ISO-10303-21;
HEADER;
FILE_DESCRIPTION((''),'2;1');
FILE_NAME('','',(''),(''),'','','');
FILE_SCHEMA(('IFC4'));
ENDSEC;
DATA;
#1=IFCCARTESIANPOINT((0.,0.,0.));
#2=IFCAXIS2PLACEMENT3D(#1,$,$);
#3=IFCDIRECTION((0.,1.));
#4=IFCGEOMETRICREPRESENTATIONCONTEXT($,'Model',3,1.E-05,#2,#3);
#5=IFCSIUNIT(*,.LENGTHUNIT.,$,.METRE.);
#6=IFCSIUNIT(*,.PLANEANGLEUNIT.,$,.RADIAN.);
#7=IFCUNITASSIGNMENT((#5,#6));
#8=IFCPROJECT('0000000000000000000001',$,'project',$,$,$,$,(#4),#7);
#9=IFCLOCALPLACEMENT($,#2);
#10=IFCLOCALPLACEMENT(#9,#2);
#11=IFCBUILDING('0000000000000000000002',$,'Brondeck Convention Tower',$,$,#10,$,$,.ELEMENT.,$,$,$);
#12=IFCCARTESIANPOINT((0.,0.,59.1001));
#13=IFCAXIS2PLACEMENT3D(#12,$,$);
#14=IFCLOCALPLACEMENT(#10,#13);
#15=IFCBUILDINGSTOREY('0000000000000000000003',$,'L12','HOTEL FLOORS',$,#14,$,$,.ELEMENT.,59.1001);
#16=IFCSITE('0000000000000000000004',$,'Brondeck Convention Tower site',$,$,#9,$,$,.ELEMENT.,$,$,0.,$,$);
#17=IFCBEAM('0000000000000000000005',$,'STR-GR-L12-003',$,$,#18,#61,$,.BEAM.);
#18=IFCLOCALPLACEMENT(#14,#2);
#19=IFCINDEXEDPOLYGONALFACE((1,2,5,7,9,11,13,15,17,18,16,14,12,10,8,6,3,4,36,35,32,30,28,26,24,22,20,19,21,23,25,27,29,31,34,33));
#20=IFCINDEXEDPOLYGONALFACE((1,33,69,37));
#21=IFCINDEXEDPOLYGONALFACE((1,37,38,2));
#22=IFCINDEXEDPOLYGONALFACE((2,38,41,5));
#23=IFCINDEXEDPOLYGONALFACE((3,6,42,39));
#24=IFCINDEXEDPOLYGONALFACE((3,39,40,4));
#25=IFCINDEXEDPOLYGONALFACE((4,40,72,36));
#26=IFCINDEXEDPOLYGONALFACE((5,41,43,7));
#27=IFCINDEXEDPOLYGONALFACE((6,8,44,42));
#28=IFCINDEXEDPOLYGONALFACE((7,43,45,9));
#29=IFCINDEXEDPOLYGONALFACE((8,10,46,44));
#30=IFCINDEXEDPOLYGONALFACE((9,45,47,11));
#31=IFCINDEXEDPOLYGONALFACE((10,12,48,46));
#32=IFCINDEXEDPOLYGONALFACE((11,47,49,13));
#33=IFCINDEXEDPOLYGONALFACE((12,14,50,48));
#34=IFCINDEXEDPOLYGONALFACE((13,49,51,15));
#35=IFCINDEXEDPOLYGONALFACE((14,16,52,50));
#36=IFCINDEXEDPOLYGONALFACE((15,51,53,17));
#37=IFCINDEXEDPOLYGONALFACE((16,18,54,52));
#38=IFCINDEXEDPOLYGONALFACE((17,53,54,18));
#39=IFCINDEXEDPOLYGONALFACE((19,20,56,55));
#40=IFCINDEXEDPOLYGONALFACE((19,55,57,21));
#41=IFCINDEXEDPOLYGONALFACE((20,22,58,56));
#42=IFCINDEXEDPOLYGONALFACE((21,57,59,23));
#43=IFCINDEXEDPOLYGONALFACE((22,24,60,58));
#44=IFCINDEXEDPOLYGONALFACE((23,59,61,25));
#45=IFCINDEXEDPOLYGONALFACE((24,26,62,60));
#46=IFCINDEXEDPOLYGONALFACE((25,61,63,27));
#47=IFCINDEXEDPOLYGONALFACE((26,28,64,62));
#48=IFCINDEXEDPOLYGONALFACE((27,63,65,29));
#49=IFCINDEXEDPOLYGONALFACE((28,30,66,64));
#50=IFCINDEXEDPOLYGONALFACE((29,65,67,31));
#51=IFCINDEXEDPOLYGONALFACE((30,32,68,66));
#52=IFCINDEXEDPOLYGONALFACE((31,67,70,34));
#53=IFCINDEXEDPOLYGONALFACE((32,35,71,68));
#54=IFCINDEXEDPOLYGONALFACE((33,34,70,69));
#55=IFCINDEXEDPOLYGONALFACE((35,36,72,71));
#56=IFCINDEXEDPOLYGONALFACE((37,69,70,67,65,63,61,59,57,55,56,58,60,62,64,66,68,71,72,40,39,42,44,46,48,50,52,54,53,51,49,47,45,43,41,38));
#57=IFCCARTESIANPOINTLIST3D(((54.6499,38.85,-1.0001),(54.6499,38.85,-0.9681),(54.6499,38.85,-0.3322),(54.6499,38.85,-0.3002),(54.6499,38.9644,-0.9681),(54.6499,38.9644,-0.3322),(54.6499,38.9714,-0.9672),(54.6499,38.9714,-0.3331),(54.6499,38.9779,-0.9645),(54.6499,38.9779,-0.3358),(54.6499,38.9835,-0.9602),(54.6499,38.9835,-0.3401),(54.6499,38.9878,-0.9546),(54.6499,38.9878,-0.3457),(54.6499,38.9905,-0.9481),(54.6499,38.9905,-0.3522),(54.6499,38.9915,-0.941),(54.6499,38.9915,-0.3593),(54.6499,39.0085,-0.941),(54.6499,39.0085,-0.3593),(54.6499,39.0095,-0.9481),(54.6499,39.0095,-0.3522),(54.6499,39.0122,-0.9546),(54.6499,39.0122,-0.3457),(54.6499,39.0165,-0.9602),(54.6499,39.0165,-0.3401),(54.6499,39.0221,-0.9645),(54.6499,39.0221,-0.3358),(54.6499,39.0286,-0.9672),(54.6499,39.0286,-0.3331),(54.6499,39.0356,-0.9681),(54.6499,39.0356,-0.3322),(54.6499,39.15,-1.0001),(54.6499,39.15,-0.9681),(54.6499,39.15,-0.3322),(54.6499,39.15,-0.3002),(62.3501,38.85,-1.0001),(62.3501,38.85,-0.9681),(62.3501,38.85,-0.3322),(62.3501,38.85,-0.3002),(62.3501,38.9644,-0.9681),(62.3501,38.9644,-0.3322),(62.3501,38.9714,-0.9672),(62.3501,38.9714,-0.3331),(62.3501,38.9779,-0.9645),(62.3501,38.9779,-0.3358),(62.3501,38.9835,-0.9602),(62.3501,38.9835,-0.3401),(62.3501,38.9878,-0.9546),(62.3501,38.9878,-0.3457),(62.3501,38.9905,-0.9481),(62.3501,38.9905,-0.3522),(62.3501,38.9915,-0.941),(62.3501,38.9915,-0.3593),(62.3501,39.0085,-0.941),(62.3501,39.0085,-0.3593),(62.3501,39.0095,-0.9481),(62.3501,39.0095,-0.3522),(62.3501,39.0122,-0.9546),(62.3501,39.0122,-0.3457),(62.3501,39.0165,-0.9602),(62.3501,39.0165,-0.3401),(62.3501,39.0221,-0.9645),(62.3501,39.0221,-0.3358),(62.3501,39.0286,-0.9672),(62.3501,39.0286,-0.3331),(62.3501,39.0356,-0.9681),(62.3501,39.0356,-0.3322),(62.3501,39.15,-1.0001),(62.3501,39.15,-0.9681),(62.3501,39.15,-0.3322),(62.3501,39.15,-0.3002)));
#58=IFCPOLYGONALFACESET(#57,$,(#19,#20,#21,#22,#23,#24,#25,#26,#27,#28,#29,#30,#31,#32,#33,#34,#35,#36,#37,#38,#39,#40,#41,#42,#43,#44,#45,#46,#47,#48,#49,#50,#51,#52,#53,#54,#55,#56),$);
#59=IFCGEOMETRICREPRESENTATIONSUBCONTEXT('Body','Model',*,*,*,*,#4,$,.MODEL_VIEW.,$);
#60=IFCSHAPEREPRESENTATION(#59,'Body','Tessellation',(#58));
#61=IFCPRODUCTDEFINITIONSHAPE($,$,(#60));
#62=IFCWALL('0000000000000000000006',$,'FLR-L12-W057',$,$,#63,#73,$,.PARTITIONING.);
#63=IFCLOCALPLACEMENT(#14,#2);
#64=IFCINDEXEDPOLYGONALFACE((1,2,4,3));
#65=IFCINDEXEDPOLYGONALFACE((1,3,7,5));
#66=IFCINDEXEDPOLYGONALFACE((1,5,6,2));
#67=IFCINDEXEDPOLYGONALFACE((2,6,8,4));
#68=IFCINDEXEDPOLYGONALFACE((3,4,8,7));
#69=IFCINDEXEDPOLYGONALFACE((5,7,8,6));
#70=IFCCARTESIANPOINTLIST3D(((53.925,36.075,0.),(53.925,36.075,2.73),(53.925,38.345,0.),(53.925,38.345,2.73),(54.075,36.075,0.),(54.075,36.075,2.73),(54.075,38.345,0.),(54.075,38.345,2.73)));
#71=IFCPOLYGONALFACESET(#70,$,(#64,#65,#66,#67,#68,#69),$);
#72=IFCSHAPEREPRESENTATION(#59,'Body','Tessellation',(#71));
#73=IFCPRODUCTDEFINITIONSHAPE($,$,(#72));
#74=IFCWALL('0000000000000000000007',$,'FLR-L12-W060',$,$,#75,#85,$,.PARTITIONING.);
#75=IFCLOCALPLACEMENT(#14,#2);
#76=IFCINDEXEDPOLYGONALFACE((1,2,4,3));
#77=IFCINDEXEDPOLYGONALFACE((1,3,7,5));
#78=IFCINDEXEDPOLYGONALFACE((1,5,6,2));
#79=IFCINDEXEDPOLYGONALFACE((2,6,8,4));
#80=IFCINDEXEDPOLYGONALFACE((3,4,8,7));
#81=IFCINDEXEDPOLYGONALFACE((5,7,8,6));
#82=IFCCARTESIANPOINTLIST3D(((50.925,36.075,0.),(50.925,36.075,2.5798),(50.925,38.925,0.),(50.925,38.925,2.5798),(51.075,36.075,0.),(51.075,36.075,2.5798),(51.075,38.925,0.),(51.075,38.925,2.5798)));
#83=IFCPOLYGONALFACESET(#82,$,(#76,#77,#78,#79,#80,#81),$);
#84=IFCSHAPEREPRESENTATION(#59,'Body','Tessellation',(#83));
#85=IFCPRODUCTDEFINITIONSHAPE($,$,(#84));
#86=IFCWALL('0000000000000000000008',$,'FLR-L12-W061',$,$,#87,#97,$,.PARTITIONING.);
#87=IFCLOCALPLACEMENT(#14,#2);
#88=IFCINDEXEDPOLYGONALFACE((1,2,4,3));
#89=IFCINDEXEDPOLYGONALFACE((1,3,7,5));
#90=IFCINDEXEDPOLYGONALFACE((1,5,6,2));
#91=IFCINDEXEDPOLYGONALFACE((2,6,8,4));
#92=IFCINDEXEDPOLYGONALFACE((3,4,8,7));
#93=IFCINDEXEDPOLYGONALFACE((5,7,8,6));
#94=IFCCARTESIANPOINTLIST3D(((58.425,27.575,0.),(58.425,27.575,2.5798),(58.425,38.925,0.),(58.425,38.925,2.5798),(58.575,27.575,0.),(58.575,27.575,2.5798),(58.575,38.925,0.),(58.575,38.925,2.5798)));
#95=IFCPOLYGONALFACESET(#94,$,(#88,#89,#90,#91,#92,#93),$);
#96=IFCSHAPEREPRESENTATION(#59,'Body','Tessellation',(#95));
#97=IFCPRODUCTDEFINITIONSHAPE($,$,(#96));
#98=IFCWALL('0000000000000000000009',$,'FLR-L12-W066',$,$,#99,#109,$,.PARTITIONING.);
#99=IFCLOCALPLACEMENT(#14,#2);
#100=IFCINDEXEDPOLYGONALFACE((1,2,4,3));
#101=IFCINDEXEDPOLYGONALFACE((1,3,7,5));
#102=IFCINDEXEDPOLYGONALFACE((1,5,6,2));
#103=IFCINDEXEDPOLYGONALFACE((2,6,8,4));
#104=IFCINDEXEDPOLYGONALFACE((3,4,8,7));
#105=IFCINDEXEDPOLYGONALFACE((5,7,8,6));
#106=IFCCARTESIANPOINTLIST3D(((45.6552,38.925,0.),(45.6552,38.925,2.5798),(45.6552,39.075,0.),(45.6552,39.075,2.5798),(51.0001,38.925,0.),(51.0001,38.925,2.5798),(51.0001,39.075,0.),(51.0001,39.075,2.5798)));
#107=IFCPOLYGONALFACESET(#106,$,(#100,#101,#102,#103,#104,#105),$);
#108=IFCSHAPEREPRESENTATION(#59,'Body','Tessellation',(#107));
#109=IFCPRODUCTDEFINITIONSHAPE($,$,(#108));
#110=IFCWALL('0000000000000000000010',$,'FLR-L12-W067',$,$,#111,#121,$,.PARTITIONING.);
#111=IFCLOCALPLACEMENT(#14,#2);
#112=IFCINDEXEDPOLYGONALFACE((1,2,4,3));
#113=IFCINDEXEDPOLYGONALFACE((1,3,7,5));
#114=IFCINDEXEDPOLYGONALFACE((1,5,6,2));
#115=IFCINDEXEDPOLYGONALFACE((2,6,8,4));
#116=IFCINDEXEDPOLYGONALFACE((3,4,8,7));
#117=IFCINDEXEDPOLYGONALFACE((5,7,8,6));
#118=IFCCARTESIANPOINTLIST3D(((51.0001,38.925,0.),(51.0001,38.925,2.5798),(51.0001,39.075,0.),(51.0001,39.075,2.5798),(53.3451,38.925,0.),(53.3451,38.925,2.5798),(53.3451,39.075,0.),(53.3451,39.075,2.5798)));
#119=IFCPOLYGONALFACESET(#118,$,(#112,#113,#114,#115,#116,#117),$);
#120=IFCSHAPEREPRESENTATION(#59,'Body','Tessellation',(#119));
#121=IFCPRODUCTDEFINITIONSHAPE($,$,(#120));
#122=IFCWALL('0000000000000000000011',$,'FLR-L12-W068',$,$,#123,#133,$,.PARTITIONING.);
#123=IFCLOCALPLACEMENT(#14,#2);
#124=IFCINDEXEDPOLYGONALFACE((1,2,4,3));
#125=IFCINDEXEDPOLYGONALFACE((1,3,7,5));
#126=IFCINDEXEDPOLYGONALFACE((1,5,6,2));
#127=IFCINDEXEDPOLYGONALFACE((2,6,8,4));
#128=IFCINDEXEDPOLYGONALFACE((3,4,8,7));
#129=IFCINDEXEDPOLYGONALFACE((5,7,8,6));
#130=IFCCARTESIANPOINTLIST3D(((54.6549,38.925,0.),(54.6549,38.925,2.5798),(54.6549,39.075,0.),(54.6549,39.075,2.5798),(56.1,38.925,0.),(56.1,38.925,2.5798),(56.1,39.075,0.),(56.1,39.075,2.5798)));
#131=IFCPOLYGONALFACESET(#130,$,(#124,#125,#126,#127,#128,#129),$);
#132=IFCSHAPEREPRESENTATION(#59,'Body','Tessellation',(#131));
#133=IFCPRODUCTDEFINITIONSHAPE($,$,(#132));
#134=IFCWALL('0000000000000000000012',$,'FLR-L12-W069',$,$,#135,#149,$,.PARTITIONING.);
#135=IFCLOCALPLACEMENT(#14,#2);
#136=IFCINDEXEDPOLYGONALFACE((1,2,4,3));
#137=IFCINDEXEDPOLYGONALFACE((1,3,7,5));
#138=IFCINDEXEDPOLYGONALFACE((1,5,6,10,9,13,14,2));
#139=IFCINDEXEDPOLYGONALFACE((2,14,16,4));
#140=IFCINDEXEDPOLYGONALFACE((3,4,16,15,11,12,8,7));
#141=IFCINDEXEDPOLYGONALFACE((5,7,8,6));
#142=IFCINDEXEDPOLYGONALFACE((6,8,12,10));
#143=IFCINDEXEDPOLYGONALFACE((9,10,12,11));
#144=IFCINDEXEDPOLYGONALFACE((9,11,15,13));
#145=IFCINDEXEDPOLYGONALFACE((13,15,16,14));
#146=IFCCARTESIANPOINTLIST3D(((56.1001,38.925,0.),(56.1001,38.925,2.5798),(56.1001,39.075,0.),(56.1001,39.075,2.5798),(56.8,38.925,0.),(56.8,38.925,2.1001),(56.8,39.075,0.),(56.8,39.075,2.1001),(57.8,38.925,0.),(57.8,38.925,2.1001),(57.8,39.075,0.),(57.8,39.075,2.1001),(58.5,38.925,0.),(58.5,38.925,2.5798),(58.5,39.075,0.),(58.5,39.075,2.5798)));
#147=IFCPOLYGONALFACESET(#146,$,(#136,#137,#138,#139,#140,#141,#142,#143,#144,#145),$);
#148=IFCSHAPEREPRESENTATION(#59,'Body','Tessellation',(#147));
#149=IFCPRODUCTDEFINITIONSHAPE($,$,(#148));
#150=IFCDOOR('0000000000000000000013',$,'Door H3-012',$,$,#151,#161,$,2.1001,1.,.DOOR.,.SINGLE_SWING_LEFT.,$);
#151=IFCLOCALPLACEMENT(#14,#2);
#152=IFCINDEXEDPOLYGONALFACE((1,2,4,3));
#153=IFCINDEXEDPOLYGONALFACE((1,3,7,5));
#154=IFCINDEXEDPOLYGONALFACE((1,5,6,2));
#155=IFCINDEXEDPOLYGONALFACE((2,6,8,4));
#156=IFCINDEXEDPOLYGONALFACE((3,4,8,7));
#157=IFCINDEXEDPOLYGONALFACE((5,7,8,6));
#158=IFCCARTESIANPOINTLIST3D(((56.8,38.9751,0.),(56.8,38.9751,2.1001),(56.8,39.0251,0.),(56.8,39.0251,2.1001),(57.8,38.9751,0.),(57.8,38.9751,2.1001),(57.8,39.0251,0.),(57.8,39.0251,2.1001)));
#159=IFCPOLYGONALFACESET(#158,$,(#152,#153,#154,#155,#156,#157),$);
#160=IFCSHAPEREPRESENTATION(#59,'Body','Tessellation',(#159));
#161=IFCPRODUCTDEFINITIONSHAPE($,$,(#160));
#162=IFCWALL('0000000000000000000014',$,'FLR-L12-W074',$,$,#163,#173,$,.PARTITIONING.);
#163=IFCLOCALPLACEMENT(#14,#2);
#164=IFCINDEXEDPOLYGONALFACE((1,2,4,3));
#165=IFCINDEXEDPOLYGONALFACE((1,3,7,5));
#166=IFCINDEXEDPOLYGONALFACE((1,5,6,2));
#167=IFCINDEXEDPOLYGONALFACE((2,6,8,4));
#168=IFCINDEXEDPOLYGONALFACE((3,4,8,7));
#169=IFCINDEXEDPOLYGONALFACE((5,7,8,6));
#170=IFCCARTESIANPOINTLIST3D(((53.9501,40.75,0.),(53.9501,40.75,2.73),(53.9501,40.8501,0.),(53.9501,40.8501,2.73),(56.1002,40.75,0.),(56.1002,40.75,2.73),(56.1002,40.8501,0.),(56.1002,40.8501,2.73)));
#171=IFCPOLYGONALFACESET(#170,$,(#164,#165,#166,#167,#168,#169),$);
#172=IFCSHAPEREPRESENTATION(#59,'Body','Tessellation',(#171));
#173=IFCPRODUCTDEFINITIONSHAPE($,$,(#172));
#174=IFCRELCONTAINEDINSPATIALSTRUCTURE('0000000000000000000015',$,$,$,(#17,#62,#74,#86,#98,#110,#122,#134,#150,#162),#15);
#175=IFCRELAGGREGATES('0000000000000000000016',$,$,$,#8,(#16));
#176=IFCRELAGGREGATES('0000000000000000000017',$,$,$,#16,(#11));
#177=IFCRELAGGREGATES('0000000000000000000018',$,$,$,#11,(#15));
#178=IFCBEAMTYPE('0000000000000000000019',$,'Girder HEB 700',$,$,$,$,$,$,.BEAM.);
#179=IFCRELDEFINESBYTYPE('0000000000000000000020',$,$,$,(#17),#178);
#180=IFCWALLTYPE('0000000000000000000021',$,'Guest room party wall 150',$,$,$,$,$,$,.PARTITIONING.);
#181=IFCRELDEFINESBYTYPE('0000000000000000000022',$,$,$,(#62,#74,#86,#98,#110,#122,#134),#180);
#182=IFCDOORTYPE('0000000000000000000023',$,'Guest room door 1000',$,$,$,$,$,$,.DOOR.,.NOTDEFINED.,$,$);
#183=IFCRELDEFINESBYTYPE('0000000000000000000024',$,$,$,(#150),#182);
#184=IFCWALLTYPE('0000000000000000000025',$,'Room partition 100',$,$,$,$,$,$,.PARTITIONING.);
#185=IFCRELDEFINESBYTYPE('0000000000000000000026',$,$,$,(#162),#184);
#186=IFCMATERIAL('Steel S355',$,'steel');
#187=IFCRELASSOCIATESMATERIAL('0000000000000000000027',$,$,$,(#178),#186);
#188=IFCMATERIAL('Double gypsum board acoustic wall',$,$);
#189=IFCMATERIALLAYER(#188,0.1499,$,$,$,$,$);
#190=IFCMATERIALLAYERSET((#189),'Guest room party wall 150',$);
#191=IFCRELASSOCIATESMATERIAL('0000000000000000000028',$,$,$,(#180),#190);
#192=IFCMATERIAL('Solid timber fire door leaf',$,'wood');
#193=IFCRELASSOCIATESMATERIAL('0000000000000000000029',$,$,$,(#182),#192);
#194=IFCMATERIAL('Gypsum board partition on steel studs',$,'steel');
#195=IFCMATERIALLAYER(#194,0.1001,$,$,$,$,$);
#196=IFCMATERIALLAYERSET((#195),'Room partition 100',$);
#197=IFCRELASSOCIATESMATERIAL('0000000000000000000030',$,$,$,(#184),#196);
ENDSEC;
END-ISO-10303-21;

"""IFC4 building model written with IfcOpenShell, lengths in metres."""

from ifc_helpers import new_model, si_unit, direction, frame, frame_2d, origin, origin_2d, place, context, subcontext, project, spatial, rectangle, i_section, extrude, material, layer, layer_set, material_profile, profile_set, type_object, element, fill, save


model = new_model("IFC4")

# Units and contexts
model_context = context("Model", 3, precision=1e-05, world=origin(), true_north=direction((0.0, 1.0)))
body_context = subcontext(model_context, "Body", "Model", "MODEL_VIEW")
ifc_project = project(units=[si_unit("LENGTHUNIT", "METRE"), si_unit("PLANEANGLEUNIT", "RADIAN")], contexts=[model_context])

# Site, building, storey
site_placement = place(None, origin())
site = spatial("IfcSite", under=ifc_project, at=site_placement, Name="Brondeck Convention Tower site", CompositionType="ELEMENT", RefElevation=0.0)
building_placement = place(site_placement, origin())
building = spatial("IfcBuilding", under=site, at=building_placement, Name="Brondeck Convention Tower", CompositionType="ELEMENT")
storey_placement = place(building_placement, frame((0.0, 0.0, 59.1001)))
storey = spatial("IfcBuildingStorey", under=building, at=storey_placement, Name="L12", Description="HOTEL FLOORS", CompositionType="ELEMENT", Elevation=59.1001)

# Beam
ifc_material_1 = material(Name="Steel S355", Category="steel")
ifc_material_profile_1 = material_profile(ifc_material_1, i_section(OverallWidth=0.3, OverallDepth=0.7, WebThickness=0.0171, FlangeThickness=0.032, FilletRadius=0.0271, at=origin_2d()), Name="HEB 700")
ifc_profile_set_1 = profile_set([ifc_material_profile_1], Name="Steel S355")
beam_type_1 = type_object("IfcBeamType", Name="Girder HEB 700", PredefinedType="BEAM", material=ifc_profile_set_1)
for number, where, z_axis, x_axis, name in (
    (1, (54.6499, 39.0, -0.6501), (1.0, 0.0, 0.0), (0.0, 1.0, 0.0), "STR-GR-L12-003"),
):
    element("IfcBeam", number, at=place(storey_placement, frame(where, z_axis=z_axis, x_axis=x_axis)), inside=storey, type_object=beam_type_1, Name=name, PredefinedType="BEAM", context=body_context, shape_type="SweptSolid", body=[
        extrude(i_section(OverallWidth=0.3, OverallDepth=0.7, WebThickness=0.0171, FlangeThickness=0.032, FilletRadius=0.0271, at=origin_2d()), origin(), (0.0, 0.0, 1.0), 7.7002),
    ])

# Walls
ifc_material_2 = material(Name="Double gypsum board acoustic wall")
ifc_layer_1 = layer(ifc_material_2, 0.1499)
ifc_layer_set_1 = layer_set([ifc_layer_1], Name="Guest room party wall 150")
wall_type_1 = type_object("IfcWallType", Name="Guest room party wall 150", PredefinedType="PARTITIONING", material=ifc_layer_set_1)
wall_1_placement = place(storey_placement, frame((54.0, 38.345, 0.0), z_axis=(0.0, 0.0, 1.0), x_axis=(0.0, -1.0, 0.0)))
element("IfcWall", 2, at=wall_1_placement, inside=storey, type_object=wall_type_1, Name="FLR-L12-W057", PredefinedType="PARTITIONING", context=body_context, shape_type="SweptSolid", body=[
    extrude(rectangle(XDim=2.27, YDim=0.1499, at=frame_2d((1.135, 0.0))), origin(), (0.0, 0.0, 1.0), 2.73),
])
wall_2_placement = place(storey_placement, frame((51.0, 38.925, 0.0), z_axis=(0.0, 0.0, 1.0), x_axis=(0.0, -1.0, 0.0)))
element("IfcWall", 3, at=wall_2_placement, inside=storey, type_object=wall_type_1, Name="FLR-L12-W060", PredefinedType="PARTITIONING", context=body_context, shape_type="SweptSolid", body=[
    extrude(rectangle(XDim=2.8501, YDim=0.1499, at=frame_2d((1.425, 0.0))), origin(), (0.0, 0.0, 1.0), 2.5798),
])
wall_3_placement = place(storey_placement, frame((58.5, 38.925, 0.0), z_axis=(0.0, 0.0, 1.0), x_axis=(0.0, -1.0, 0.0)))
element("IfcWall", 4, at=wall_3_placement, inside=storey, type_object=wall_type_1, Name="FLR-L12-W061", PredefinedType="PARTITIONING", context=body_context, shape_type="SweptSolid", body=[
    extrude(rectangle(XDim=11.3501, YDim=0.1499, at=frame_2d((5.675, 0.0))), origin(), (0.0, 0.0, 1.0), 2.5798),
])
wall_4_placement = place(storey_placement, frame((51.0, 39.0, 0.0), z_axis=(0.0, 0.0, 1.0), x_axis=(-1.0, 0.0, 0.0)))
element("IfcWall", 5, at=wall_4_placement, inside=storey, type_object=wall_type_1, Name="FLR-L12-W066", PredefinedType="PARTITIONING", context=body_context, shape_type="SweptSolid", body=[
    extrude(rectangle(XDim=5.345, YDim=0.1499, at=frame_2d((2.6724, 0.0))), origin(), (0.0, 0.0, 1.0), 2.5798),
])
wall_5_placement = place(storey_placement, frame((53.345, 39.0, 0.0), z_axis=(0.0, 0.0, 1.0), x_axis=(-1.0, 0.0, 0.0)))
element("IfcWall", 6, at=wall_5_placement, inside=storey, type_object=wall_type_1, Name="FLR-L12-W067", PredefinedType="PARTITIONING", context=body_context, shape_type="SweptSolid", body=[
    extrude(rectangle(XDim=2.345, YDim=0.1499, at=frame_2d((1.1724, 0.0))), origin(), (0.0, 0.0, 1.0), 2.5798),
])
wall_6_placement = place(storey_placement, frame((56.1001, 39.0, 0.0), z_axis=(0.0, 0.0, 1.0), x_axis=(-1.0, 0.0, 0.0)))
element("IfcWall", 7, at=wall_6_placement, inside=storey, type_object=wall_type_1, Name="FLR-L12-W068", PredefinedType="PARTITIONING", context=body_context, shape_type="SweptSolid", body=[
    extrude(rectangle(XDim=1.4451, YDim=0.1499, at=frame_2d((0.7227, 0.0))), origin(), (0.0, 0.0, 1.0), 2.5798),
])

# Wall, opening, door
wall_7_placement = place(storey_placement, frame((58.5, 39.0, 0.0), z_axis=(0.0, 0.0, 1.0), x_axis=(-1.0, 0.0, 0.0)))
wall_7 = element("IfcWall", 8, at=wall_7_placement, inside=storey, type_object=wall_type_1, Name="FLR-L12-W069", PredefinedType="PARTITIONING", context=body_context, shape_type="SweptSolid", body=[
    extrude(rectangle(XDim=2.3999, YDim=0.1499, at=frame_2d((1.2, 0.0))), origin(), (0.0, 0.0, 1.0), 2.5798),
])
opening_1_placement = place(wall_7_placement, frame((0.7, 0.0, 0.0)))
opening_1 = element("IfcOpeningElement", 9, at=opening_1_placement, cuts=wall_7, PredefinedType="OPENING", context=body_context, shape_type="SweptSolid", body=[
    extrude(rectangle(XDim=1.0, YDim=2.1001, at=frame_2d((0.5, 1.05))), frame((0.0, 0.085, 0.0), z_axis=(0.0, -1.0, 0.0), x_axis=(1.0, 0.0, 0.0)), (0.0, 0.0, 1.0), 0.1699),
])
ifc_material_3 = material(Name="Solid timber fire door leaf", Category="wood")
door_type_1 = type_object("IfcDoorType", Name="Guest room door 1000", OperationType="NOTDEFINED", PredefinedType="DOOR", material=ifc_material_3)
door_1_placement = place(opening_1_placement, origin())
door_1 = element("IfcDoor", 10, at=door_1_placement, inside=storey, type_object=door_type_1, Name="Door H3-012", OperationType="SINGLE_SWING_LEFT", OverallHeight=2.1001, OverallWidth=1.0, PredefinedType="DOOR", context=body_context, shape_type="SweptSolid", body=[
    extrude(rectangle(XDim=1.0, YDim=2.1001, at=frame_2d((0.5, 1.05))), frame((0.0, 0.0249, 0.0), z_axis=(0.0, -1.0, 0.0), x_axis=(1.0, 0.0, 0.0)), (0.0, 0.0, 1.0), 0.05),
])
fill(opening_1, door_1)

# Wall
ifc_material_4 = material(Name="Gypsum board partition on steel studs", Category="steel")
ifc_layer_2 = layer(ifc_material_4, 0.1001)
ifc_layer_set_2 = layer_set([ifc_layer_2], Name="Room partition 100")
wall_type_2 = type_object("IfcWallType", Name="Room partition 100", PredefinedType="PARTITIONING", material=ifc_layer_set_2)
wall_8_placement = place(storey_placement, frame((53.95, 40.8, 0.0), z_axis=(0.0, 0.0, 1.0), x_axis=(1.0, 0.0, 0.0)))
element("IfcWall", 11, at=wall_8_placement, inside=storey, type_object=wall_type_2, Name="FLR-L12-W074", PredefinedType="PARTITIONING", context=body_context, shape_type="SweptSolid", body=[
    extrude(rectangle(XDim=2.1501, YDim=0.1001, at=frame_2d((1.0752, 0.0))), origin(), (0.0, 0.0, 1.0), 2.73),
])

save(model, "model.ifc")
